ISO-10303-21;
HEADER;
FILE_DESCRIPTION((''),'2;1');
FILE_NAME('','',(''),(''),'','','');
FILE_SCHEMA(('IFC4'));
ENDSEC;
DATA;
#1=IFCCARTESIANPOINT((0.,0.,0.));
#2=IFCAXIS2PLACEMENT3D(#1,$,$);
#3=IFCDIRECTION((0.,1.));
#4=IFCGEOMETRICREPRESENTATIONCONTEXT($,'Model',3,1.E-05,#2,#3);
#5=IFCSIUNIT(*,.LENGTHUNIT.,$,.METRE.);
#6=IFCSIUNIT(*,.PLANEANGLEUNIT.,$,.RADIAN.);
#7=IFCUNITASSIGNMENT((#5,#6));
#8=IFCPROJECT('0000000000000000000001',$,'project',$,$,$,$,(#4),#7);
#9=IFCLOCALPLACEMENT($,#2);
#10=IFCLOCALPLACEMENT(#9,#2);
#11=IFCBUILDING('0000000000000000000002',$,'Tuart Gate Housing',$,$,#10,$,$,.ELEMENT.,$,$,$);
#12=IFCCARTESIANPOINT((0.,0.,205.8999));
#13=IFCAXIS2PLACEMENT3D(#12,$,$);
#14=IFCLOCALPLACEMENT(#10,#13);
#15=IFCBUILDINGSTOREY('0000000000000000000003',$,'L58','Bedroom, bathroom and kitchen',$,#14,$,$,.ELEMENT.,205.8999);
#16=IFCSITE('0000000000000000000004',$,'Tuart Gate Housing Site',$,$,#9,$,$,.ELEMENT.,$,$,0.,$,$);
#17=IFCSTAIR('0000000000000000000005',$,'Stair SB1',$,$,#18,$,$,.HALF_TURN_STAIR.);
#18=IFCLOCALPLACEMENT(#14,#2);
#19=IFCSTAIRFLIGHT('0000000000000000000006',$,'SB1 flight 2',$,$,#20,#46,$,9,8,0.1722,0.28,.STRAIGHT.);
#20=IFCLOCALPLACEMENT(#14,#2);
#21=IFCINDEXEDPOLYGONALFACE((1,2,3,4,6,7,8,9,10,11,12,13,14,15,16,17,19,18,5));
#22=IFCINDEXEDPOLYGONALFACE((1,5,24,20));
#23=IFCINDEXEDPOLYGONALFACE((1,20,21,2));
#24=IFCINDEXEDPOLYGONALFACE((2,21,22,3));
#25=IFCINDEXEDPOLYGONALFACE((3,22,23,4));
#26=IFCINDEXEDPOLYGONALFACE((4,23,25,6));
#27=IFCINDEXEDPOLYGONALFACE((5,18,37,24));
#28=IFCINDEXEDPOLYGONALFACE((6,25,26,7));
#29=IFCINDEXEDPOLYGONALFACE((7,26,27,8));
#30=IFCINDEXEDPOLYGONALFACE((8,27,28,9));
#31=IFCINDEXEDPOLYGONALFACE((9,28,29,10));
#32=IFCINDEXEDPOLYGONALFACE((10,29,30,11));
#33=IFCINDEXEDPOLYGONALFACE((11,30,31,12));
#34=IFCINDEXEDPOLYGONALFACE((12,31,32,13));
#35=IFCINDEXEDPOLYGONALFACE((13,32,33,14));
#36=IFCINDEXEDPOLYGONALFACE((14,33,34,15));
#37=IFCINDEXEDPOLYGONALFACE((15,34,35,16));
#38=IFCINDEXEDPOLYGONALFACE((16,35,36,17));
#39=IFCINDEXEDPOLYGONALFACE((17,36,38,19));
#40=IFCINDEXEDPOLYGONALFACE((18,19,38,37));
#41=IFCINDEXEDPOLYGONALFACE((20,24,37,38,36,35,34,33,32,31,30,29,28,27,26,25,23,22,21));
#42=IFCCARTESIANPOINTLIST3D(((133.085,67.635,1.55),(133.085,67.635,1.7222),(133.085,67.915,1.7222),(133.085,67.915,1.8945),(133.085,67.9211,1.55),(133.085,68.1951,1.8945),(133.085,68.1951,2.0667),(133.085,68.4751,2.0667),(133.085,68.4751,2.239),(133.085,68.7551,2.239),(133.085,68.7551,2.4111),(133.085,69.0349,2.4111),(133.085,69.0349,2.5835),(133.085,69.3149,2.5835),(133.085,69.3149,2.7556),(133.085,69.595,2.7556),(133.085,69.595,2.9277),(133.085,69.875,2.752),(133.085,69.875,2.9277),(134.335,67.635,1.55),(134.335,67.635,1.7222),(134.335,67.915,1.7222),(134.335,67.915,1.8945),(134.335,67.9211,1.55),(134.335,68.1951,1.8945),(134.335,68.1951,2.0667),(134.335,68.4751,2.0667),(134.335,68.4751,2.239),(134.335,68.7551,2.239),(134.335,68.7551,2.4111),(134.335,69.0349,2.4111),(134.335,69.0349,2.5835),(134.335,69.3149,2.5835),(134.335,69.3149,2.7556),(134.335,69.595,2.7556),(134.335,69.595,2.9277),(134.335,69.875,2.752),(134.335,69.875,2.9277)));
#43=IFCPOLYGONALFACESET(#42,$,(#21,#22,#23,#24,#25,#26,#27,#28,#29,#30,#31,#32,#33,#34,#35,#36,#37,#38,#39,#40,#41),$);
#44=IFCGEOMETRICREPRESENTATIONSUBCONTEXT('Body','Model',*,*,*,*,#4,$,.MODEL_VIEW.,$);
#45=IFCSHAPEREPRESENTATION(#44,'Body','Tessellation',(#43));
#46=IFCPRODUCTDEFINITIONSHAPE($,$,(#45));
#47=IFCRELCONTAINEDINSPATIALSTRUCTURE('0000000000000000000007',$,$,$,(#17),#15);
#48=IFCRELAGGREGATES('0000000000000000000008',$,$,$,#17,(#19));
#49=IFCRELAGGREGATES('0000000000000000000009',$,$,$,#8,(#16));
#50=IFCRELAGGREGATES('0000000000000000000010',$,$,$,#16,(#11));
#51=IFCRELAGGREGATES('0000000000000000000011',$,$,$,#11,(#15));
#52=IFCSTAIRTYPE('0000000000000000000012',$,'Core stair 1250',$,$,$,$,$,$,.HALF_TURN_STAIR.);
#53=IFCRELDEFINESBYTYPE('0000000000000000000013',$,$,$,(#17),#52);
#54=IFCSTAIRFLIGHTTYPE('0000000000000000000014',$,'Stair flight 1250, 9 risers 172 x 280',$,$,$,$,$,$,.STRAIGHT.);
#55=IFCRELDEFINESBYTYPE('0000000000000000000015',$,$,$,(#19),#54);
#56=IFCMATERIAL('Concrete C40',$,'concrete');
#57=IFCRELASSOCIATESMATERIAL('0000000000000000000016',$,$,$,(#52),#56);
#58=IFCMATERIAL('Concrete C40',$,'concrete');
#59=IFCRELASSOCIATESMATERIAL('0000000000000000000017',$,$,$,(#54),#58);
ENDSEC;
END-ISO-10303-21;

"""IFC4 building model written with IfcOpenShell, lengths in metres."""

from ifc_helpers import new_model, si_unit, direction, frame, origin, place, context, subcontext, project, spatial, polyline, outline, extrude, material, type_object, element, aggregate, save


model = new_model("IFC4")

# Units and contexts
model_context = context("Model", 3, precision=1e-05, world=origin(), true_north=direction((0.0, 1.0)))
body_context = subcontext(model_context, "Body", "Model", "MODEL_VIEW")
ifc_project = project(units=[si_unit("LENGTHUNIT", "METRE"), si_unit("PLANEANGLEUNIT", "RADIAN")], contexts=[model_context])

# Site, building, storey
site_placement = place(None, origin())
site = spatial("IfcSite", under=ifc_project, at=site_placement, Name="Tuart Gate Housing Site", CompositionType="ELEMENT", RefElevation=0.0)
building_placement = place(site_placement, origin())
building = spatial("IfcBuilding", under=site, at=building_placement, Name="Tuart Gate Housing", CompositionType="ELEMENT")
storey_placement = place(building_placement, frame((0.0, 0.0, 205.8999)))
storey = spatial("IfcBuildingStorey", under=building, at=storey_placement, Name="L58", Description="Bedroom, bathroom and kitchen", CompositionType="ELEMENT", Elevation=205.8999)

# Stair, stair flight
ifc_material_1 = material(Name="Concrete C40", Category="concrete")
stair_type = type_object("IfcStairType", Name="Core stair 1250", PredefinedType="HALF_TURN_STAIR", material=ifc_material_1)
stair_placement = place(storey_placement, origin())
stair = element("IfcStair", 1, at=stair_placement, inside=storey, type_object=stair_type, Name="Stair SB1", PredefinedType="HALF_TURN_STAIR")
ifc_material_2 = material(Name="Concrete C40", Category="concrete")
stair_flight_type = type_object("IfcStairFlightType", Name="Stair flight 1250, 9 risers 172 x 280", PredefinedType="STRAIGHT", material=ifc_material_2)
stair_flight_placement = place(storey_placement, frame((133.71, 67.635, 1.55), z_axis=(0.0, 0.0, 1.0), x_axis=(0.0, 1.0, 0.0)))
stair_flight = element("IfcStairFlight", 2, at=stair_flight_placement, type_object=stair_flight_type, Name="SB1 flight 2", NumberOfRisers=9, NumberOfTreads=8, PredefinedType="STRAIGHT", RiserHeight=0.1722, TreadLength=0.28, context=body_context, shape_type="SweptSolid", body=[
    extrude(outline(polyline([(0.0, 0.0), (0.0, 0.1721), (0.28, 0.1721), (0.28, 0.3445), (0.5601, 0.3445), (0.5601, 0.5166), (0.8401, 0.5166), (0.8401, 0.689), (1.1201, 0.689), (1.1201, 0.8611), (1.3999, 0.8611), (1.3999, 1.0334), (1.6799, 1.0334), (1.6799, 1.2056), (1.96, 1.2056), (1.96, 1.3777), (2.24, 1.3777), (2.24, 1.55), (2.24, 1.2019), (0.2861, 0.0), (0.0, 0.0)])), frame((0.0, 0.625, 0.0), z_axis=(0.0, -1.0, 0.0), x_axis=(1.0, 0.0, 0.0)), (0.0, 0.0, 1.0), 1.25),
])
aggregate(stair, [stair_flight])

save(model, "model.ifc")
